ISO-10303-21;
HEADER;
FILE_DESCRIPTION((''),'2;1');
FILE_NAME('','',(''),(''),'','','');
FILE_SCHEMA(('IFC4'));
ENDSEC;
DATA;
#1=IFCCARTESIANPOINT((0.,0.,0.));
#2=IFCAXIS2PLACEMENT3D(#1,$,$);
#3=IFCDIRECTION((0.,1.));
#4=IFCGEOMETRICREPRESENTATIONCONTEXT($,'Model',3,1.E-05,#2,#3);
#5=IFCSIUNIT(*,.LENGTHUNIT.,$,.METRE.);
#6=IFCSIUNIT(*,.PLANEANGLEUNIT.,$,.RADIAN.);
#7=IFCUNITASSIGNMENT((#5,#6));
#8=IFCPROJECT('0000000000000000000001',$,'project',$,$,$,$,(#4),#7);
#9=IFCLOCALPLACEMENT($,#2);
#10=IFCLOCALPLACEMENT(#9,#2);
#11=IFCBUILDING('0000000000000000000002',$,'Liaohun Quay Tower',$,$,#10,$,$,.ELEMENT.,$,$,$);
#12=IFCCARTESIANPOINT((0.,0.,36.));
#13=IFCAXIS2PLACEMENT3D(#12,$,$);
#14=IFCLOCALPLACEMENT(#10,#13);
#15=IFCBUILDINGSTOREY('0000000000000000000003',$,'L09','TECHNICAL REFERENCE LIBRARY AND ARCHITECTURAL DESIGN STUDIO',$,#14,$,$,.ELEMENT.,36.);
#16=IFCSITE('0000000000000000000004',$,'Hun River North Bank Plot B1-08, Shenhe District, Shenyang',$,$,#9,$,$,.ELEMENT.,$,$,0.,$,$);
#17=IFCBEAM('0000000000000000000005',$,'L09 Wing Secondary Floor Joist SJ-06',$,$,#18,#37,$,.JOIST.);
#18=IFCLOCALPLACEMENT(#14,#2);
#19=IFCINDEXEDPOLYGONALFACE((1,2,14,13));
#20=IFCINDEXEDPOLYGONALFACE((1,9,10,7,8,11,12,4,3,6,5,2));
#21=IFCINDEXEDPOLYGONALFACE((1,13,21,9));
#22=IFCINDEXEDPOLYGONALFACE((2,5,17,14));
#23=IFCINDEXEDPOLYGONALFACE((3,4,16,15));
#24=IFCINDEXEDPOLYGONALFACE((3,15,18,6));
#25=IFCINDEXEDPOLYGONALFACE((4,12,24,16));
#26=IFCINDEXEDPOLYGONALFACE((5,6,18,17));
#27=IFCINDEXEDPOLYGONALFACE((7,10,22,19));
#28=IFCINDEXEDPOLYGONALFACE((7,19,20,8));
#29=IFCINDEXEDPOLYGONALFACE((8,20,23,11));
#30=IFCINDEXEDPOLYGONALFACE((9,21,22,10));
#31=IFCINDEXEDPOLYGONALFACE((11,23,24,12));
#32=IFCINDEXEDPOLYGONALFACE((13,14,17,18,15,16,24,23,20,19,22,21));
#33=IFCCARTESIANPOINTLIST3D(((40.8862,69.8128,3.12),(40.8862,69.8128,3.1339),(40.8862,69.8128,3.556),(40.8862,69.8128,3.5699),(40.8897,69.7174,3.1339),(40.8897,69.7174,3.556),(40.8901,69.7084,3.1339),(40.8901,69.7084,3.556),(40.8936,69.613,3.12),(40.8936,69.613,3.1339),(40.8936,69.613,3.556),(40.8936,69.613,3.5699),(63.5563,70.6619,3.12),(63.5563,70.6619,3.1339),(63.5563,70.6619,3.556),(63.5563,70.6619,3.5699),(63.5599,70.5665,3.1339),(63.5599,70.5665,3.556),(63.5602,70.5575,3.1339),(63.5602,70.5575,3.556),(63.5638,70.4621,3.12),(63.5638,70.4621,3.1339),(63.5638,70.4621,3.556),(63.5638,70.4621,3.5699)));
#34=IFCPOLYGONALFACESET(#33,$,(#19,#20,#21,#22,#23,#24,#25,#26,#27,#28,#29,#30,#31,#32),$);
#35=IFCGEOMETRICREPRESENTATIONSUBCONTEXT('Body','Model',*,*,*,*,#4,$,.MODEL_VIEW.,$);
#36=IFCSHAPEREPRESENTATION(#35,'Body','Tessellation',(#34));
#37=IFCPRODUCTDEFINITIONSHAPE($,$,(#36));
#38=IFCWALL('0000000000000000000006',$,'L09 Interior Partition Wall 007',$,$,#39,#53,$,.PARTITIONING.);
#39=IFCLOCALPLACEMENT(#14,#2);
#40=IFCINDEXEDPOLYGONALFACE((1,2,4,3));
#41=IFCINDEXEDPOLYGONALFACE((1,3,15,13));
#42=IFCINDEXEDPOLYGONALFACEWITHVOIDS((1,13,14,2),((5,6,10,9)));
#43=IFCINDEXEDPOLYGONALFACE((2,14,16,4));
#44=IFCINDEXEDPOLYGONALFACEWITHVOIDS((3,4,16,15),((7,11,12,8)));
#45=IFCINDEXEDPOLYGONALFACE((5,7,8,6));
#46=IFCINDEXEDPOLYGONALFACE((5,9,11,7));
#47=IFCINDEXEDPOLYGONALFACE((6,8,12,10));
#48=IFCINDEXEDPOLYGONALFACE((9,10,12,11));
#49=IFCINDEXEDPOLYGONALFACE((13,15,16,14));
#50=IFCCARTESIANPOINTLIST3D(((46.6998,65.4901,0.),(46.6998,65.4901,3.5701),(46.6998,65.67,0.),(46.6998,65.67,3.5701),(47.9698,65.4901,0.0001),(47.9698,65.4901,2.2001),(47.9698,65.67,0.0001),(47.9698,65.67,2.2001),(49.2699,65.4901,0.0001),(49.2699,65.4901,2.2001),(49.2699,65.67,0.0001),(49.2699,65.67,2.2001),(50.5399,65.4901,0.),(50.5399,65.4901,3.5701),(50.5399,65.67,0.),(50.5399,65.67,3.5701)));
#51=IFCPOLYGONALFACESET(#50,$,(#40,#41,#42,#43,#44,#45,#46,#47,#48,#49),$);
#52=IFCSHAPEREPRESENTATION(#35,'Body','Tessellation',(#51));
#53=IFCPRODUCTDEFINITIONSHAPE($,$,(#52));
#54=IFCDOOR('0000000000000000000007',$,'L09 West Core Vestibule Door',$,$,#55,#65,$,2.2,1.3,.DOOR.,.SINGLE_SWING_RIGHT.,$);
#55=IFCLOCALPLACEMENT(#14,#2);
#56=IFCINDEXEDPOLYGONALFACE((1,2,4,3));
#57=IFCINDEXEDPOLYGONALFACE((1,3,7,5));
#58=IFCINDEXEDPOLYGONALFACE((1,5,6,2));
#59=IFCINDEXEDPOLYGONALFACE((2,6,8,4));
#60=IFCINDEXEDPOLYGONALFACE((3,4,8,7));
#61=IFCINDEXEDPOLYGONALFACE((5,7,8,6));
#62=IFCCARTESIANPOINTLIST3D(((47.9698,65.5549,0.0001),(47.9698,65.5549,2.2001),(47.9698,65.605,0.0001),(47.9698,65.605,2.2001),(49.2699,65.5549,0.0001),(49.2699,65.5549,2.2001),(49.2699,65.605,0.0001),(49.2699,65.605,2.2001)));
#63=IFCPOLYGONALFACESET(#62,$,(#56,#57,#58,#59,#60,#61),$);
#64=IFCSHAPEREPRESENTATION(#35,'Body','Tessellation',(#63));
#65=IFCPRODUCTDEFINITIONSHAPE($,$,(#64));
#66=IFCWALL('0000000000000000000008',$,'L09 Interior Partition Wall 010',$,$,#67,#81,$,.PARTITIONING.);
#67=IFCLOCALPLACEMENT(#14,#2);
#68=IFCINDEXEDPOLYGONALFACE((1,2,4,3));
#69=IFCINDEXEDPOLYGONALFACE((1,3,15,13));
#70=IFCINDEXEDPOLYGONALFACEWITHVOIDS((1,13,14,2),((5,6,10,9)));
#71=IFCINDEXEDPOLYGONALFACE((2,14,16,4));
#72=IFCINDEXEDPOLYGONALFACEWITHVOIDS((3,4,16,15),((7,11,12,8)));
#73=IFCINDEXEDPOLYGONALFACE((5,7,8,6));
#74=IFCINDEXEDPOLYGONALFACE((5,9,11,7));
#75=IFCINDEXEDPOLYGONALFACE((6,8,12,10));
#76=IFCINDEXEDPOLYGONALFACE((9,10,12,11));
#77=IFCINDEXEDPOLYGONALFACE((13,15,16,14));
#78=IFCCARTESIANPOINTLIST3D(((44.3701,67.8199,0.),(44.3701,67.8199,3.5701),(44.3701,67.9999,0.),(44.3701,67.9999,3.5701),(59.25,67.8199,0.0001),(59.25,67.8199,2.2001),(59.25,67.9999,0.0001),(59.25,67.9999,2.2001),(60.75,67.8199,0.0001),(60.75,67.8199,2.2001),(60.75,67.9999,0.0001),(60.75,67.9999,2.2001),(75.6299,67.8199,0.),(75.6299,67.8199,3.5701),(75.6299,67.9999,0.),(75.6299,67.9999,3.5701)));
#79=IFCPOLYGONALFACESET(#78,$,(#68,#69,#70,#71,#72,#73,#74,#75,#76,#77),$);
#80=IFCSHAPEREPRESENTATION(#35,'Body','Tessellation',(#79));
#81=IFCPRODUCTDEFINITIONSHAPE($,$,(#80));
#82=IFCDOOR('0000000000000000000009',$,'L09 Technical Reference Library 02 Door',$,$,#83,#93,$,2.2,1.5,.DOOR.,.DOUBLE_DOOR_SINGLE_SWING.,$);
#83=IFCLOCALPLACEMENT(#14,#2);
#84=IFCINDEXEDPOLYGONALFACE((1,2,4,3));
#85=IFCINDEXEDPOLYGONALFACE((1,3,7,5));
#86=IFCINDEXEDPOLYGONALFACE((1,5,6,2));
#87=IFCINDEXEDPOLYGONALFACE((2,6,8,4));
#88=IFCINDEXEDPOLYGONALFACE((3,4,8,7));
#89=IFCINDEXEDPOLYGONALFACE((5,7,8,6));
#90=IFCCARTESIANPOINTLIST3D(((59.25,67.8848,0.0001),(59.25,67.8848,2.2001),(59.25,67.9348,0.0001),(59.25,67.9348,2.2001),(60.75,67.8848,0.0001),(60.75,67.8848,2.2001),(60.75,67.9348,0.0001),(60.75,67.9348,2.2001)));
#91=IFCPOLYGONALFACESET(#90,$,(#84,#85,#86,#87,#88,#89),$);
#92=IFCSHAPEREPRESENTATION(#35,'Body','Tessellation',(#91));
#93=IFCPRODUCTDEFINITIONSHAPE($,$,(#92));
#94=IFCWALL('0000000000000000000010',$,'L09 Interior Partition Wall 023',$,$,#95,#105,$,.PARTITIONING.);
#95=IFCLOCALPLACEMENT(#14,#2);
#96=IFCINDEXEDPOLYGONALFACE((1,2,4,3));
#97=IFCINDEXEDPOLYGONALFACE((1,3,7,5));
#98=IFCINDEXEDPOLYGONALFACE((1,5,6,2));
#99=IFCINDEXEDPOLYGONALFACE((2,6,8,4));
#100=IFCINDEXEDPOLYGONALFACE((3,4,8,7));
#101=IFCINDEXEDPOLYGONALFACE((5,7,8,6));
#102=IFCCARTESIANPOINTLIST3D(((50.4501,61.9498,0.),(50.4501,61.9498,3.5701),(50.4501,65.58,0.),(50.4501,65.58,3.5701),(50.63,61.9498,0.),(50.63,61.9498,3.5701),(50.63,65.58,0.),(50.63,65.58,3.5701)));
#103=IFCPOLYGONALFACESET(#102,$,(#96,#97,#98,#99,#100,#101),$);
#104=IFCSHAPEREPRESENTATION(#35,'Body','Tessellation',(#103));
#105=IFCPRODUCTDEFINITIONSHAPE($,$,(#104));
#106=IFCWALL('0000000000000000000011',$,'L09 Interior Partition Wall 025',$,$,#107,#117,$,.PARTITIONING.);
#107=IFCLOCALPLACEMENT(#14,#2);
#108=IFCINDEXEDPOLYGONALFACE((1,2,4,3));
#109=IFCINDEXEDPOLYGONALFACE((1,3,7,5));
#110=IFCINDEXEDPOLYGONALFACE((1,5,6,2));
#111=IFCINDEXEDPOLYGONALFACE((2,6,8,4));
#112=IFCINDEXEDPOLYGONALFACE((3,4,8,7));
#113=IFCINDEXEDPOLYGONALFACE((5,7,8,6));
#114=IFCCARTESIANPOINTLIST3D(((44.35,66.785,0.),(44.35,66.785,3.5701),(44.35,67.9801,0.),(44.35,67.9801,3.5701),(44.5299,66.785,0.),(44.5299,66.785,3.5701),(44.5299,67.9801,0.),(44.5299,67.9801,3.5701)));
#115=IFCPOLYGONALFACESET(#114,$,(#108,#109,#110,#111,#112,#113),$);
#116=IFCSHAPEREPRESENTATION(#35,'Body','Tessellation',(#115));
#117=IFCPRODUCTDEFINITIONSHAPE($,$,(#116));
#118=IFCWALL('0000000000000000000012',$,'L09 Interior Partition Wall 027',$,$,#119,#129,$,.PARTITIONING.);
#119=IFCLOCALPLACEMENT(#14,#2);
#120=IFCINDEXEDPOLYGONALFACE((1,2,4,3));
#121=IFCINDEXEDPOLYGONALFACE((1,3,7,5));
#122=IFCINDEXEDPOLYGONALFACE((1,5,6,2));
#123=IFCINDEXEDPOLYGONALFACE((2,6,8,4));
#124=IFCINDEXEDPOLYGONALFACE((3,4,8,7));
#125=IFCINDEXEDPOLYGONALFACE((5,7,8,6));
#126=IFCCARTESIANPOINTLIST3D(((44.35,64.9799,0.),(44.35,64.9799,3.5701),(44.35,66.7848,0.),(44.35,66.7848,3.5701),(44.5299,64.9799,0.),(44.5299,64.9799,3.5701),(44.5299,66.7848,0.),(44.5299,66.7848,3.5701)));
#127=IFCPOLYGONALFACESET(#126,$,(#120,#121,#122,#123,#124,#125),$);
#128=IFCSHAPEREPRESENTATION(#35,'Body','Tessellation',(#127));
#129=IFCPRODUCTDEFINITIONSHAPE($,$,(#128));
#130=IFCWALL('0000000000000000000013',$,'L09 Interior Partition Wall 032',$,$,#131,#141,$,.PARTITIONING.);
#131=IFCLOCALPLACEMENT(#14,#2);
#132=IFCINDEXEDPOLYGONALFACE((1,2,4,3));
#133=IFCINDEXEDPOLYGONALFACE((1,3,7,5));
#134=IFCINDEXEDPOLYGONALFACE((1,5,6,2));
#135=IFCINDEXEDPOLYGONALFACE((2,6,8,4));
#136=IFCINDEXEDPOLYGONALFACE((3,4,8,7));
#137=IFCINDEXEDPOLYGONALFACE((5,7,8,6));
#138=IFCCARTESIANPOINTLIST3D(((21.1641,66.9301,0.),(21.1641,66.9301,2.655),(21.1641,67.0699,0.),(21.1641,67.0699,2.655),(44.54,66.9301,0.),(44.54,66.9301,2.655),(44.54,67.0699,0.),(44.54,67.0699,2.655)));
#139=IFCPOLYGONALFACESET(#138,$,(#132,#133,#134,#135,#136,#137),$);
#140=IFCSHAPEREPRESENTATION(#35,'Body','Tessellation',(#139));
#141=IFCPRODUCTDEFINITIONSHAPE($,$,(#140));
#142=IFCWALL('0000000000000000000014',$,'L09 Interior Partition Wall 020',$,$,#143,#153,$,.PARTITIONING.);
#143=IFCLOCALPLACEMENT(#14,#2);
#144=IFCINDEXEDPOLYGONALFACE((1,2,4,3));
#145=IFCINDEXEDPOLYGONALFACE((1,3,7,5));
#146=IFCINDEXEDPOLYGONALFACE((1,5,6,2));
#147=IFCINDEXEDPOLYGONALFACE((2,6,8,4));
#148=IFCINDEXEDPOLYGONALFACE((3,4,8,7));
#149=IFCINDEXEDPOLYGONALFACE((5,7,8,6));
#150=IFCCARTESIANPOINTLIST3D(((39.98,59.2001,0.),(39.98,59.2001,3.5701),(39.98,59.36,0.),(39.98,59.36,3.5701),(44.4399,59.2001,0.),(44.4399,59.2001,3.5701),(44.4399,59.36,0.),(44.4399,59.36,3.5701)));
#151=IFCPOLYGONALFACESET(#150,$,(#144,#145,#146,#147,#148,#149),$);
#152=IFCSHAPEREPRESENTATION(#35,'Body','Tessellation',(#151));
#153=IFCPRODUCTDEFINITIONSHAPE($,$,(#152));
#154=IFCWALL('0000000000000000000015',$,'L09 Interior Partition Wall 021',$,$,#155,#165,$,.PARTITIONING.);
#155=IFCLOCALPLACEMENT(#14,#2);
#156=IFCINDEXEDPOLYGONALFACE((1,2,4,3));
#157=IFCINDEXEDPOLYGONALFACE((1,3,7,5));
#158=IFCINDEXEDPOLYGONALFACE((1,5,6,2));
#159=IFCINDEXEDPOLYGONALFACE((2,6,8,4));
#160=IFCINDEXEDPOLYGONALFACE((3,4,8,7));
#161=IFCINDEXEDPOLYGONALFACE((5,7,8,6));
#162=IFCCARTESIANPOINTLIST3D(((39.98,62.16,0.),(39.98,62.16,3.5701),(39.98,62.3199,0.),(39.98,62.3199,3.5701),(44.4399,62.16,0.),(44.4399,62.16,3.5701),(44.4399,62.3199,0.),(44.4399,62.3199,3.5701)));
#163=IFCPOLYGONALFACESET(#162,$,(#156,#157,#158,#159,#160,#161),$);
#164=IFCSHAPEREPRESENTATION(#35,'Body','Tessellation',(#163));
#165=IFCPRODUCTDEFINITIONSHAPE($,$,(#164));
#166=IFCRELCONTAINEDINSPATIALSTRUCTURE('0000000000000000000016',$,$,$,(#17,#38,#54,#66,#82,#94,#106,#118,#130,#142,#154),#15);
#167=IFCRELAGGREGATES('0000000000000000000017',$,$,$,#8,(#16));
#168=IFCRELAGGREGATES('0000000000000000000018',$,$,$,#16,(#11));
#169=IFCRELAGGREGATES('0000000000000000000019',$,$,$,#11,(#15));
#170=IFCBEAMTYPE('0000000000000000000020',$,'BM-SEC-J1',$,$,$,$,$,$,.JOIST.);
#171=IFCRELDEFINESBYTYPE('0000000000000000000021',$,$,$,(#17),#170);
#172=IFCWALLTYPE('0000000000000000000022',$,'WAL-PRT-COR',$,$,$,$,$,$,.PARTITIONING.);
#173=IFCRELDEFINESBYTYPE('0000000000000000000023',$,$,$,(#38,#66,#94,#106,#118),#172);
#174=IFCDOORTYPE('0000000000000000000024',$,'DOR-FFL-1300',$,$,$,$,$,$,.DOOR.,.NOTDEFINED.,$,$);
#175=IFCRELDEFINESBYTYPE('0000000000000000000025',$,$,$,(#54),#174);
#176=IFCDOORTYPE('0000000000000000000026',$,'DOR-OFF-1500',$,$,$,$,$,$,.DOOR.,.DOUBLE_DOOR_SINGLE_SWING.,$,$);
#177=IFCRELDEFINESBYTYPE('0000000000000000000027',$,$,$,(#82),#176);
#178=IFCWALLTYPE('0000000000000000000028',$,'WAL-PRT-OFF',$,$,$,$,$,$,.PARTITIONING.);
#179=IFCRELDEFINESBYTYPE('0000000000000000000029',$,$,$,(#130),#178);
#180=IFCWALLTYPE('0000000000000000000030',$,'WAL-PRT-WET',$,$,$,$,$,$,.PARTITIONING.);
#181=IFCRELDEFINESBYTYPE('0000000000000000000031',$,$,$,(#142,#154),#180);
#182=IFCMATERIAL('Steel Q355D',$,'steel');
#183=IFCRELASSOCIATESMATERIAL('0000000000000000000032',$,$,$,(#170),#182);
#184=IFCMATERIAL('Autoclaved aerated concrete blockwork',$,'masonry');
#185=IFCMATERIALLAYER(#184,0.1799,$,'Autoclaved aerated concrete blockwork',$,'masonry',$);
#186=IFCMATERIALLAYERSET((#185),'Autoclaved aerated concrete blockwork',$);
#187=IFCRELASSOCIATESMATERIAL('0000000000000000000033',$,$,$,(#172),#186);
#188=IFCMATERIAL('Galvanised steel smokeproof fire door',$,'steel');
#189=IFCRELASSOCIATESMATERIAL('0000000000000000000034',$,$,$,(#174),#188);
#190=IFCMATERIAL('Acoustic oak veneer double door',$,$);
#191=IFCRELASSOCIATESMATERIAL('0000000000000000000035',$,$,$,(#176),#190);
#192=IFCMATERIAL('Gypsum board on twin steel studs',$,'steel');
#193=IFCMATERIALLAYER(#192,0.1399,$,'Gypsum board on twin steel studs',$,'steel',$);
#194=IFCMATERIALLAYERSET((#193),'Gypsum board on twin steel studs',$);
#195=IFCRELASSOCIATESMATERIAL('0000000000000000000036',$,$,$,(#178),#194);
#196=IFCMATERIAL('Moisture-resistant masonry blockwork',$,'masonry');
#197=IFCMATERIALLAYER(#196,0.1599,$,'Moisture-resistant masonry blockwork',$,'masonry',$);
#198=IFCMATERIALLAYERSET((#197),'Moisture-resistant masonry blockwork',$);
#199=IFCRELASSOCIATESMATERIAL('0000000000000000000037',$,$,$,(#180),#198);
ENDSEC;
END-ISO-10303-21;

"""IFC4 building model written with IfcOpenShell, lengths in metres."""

from ifc_helpers import new_model, si_unit, direction, frame, frame_2d, origin, origin_2d, place, context, subcontext, project, spatial, rectangle, i_section, extrude, source, transform, mapped, material, layer, layer_set, material_profile, profile_set, type_object, element, fill, save


model = new_model("IFC4")

# Units and contexts
model_context = context("Model", 3, precision=1e-05, world=origin(), true_north=direction((0.0, 1.0)))
body_context = subcontext(model_context, "Body", "Model", "MODEL_VIEW")
ifc_project = project(units=[si_unit("LENGTHUNIT", "METRE"), si_unit("PLANEANGLEUNIT", "RADIAN")], contexts=[model_context])

# Site, building, storey
site_placement = place(None, origin())
site = spatial("IfcSite", under=ifc_project, at=site_placement, Name="Hun River North Bank Plot B1-08, Shenhe District, Shenyang", CompositionType="ELEMENT", RefElevation=0.0)
building_placement = place(site_placement, origin())
building = spatial("IfcBuilding", under=site, at=building_placement, Name="Liaohun Quay Tower", CompositionType="ELEMENT")
storey_placement = place(building_placement, frame((0.0, 0.0, 36.0)))
storey = spatial("IfcBuildingStorey", under=building, at=storey_placement, Name="L09", Description="TECHNICAL REFERENCE LIBRARY AND ARCHITECTURAL DESIGN STUDIO", CompositionType="ELEMENT", Elevation=36.0)

# Beam
ifc_material_1 = material(Name="Steel Q355D", Category="steel")
ifc_material_profile = material_profile(ifc_material_1, i_section(OverallWidth=0.2, OverallDepth=0.45, WebThickness=0.009, FlangeThickness=0.0139, at=origin_2d()), Name="HN450x200x9x14")
ifc_profile_set = profile_set([ifc_material_profile], Name="Steel Q355D")
beam_type = type_object("IfcBeamType", Name="BM-SEC-J1", PredefinedType="JOIST", material=ifc_profile_set)
shared_shape_1 = source(origin(), body_context, "Body", "SweptSolid", [
    extrude(i_section(OverallWidth=0.2, OverallDepth=0.45, WebThickness=0.009, FlangeThickness=0.0139, at=origin_2d()), origin(), (0.0, 0.0, 1.0), 22.686),
])
beam_placement = place(storey_placement, frame((40.8899, 69.7129, 3.345), z_axis=(0.999299, 0.037429, 0.0), x_axis=(-0.037429, 0.999299, 0.0)))
element("IfcBeam", 1, at=beam_placement, inside=storey, type_object=beam_type, Name="L09 Wing Secondary Floor Joist SJ-06", PredefinedType="JOIST", context=body_context, shape_type="MappedRepresentation", body=[
    mapped(shared_shape_1, transform((0.0, 0.0, 0.0), x_axis=(1.0, 0.0, 0.0), y_axis=(0.0, 1.0, 0.0), z_axis=(0.0, 0.0, 1.0), scale=1.0)),
])

# Walls, openings, doors
ifc_material_2 = material(Name="Autoclaved aerated concrete blockwork", Category="masonry")
ifc_layer_1 = layer(ifc_material_2, 0.1799, Name="Autoclaved aerated concrete blockwork", Category="masonry")
ifc_layer_set_1 = layer_set([ifc_layer_1], Name="Autoclaved aerated concrete blockwork")
wall_type_1 = type_object("IfcWallType", Name="WAL-PRT-COR", PredefinedType="PARTITIONING", material=ifc_layer_set_1)
wall_1_placement = place(storey_placement, frame((46.7, 65.5801, 0.0), z_axis=(0.0, 0.0, 1.0), x_axis=(1.0, 0.0, 0.0)))
wall_1 = element("IfcWall", 2, at=wall_1_placement, inside=storey, type_object=wall_type_1, Name="L09 Interior Partition Wall 007", PredefinedType="PARTITIONING", context=body_context, shape_type="SweptSolid", body=[
    extrude(rectangle(XDim=3.8401, YDim=0.1799, at=frame_2d((1.9199, 0.0))), origin(), (0.0, 0.0, 1.0), 3.5701),
])
shared_shape_2 = source(origin(), body_context, "Body", "SweptSolid", [
    extrude(rectangle(XDim=1.3, YDim=2.2, at=frame_2d((0.6499, 1.1001))), frame((0.0, 0.0999, 0.0), z_axis=(0.0, -1.0, 0.0), x_axis=(1.0, 0.0, 0.0)), (0.0, 0.0, 1.0), 0.2),
])
opening_1_placement = place(wall_1_placement, frame((1.27, 0.0, 0.0)))
opening_1 = element("IfcOpeningElement", 3, at=opening_1_placement, cuts=wall_1, PredefinedType="OPENING", context=body_context, shape_type="MappedRepresentation", body=[
    mapped(shared_shape_2, transform((0.0, 0.0, 0.0), x_axis=(1.0, 0.0, 0.0), y_axis=(0.0, 1.0, 0.0), z_axis=(0.0, 0.0, 1.0), scale=1.0)),
])
ifc_material_3 = material(Name="Galvanised steel smokeproof fire door", Category="steel")
door_type_1 = type_object("IfcDoorType", Name="DOR-FFL-1300", OperationType="NOTDEFINED", PredefinedType="DOOR", material=ifc_material_3)
shared_shape_3 = source(origin(), body_context, "Body", "SweptSolid", [
    extrude(rectangle(XDim=1.3, YDim=2.2, at=frame_2d((0.6499, 1.1001))), frame((0.0, 0.0249, 0.0), z_axis=(0.0, -1.0, 0.0), x_axis=(1.0, 0.0, 0.0)), (0.0, 0.0, 1.0), 0.05),
])
door_1_placement = place(opening_1_placement, origin())
door_1 = element("IfcDoor", 4, at=door_1_placement, inside=storey, type_object=door_type_1, Name="L09 West Core Vestibule Door", OperationType="SINGLE_SWING_RIGHT", OverallHeight=2.2, OverallWidth=1.3, PredefinedType="DOOR", context=body_context, shape_type="MappedRepresentation", body=[
    mapped(shared_shape_3, transform((0.0, 0.0, 0.0), x_axis=(1.0, 0.0, 0.0), y_axis=(0.0, 1.0, 0.0), z_axis=(0.0, 0.0, 1.0), scale=1.0)),
])
fill(opening_1, door_1)
wall_2_placement = place(storey_placement, frame((44.3701, 67.9099, 0.0), z_axis=(0.0, 0.0, 1.0), x_axis=(1.0, 0.0, 0.0)))
wall_2 = element("IfcWall", 5, at=wall_2_placement, inside=storey, type_object=wall_type_1, Name="L09 Interior Partition Wall 010", PredefinedType="PARTITIONING", context=body_context, shape_type="SweptSolid", body=[
    extrude(rectangle(XDim=31.2598, YDim=0.1799, at=frame_2d((15.6299, 0.0))), origin(), (0.0, 0.0, 1.0), 3.5701),
])
shared_shape_4 = source(origin(), body_context, "Body", "SweptSolid", [
    extrude(rectangle(XDim=1.5, YDim=2.2, at=frame_2d((0.75, 1.1001))), frame((0.0, 0.0999, 0.0), z_axis=(0.0, -1.0, 0.0), x_axis=(1.0, 0.0, 0.0)), (0.0, 0.0, 1.0), 0.2),
])
opening_2_placement = place(wall_2_placement, frame((14.8799, 0.0, 0.0)))
opening_2 = element("IfcOpeningElement", 6, at=opening_2_placement, cuts=wall_2, PredefinedType="OPENING", context=body_context, shape_type="MappedRepresentation", body=[
    mapped(shared_shape_4, transform((0.0, 0.0, 0.0), x_axis=(1.0, 0.0, 0.0), y_axis=(0.0, 1.0, 0.0), z_axis=(0.0, 0.0, 1.0), scale=1.0)),
])
ifc_material_4 = material(Name="Acoustic oak veneer double door")
door_type_2 = type_object("IfcDoorType", Name="DOR-OFF-1500", OperationType="DOUBLE_DOOR_SINGLE_SWING", PredefinedType="DOOR", material=ifc_material_4)
shared_shape_5 = source(origin(), body_context, "Body", "SweptSolid", [
    extrude(rectangle(XDim=1.5, YDim=2.2, at=frame_2d((0.75, 1.1001))), frame((0.0, 0.0249, 0.0), z_axis=(0.0, -1.0, 0.0), x_axis=(1.0, 0.0, 0.0)), (0.0, 0.0, 1.0), 0.05),
])
door_2_placement = place(opening_2_placement, origin())
door_2 = element("IfcDoor", 7, at=door_2_placement, inside=storey, type_object=door_type_2, Name="L09 Technical Reference Library 02 Door", OperationType="DOUBLE_DOOR_SINGLE_SWING", OverallHeight=2.2, OverallWidth=1.5, PredefinedType="DOOR", context=body_context, shape_type="MappedRepresentation", body=[
    mapped(shared_shape_5, transform((0.0, 0.0, 0.0), x_axis=(1.0, 0.0, 0.0), y_axis=(0.0, 1.0, 0.0), z_axis=(0.0, 0.0, 1.0), scale=1.0)),
])
fill(opening_2, door_2)

# Walls
wall_3_placement = place(storey_placement, frame((50.54, 61.95, 0.0), z_axis=(0.0, 0.0, 1.0), x_axis=(0.0, 1.0, 0.0)))
element("IfcWall", 8, at=wall_3_placement, inside=storey, type_object=wall_type_1, Name="L09 Interior Partition Wall 023", PredefinedType="PARTITIONING", context=body_context, shape_type="SweptSolid", body=[
    extrude(rectangle(XDim=3.6301, YDim=0.1799, at=frame_2d((1.8149, 0.0))), origin(), (0.0, 0.0, 1.0), 3.5701),
])
wall_4_placement = place(storey_placement, frame((44.4399, 66.7849, 0.0), z_axis=(0.0, 0.0, 1.0), x_axis=(0.0, 1.0, 0.0)))
element("IfcWall", 9, at=wall_4_placement, inside=storey, type_object=wall_type_1, Name="L09 Interior Partition Wall 025", PredefinedType="PARTITIONING", context=body_context, shape_type="SweptSolid", body=[
    extrude(rectangle(XDim=1.1951, YDim=0.1799, at=frame_2d((0.5977, 0.0))), origin(), (0.0, 0.0, 1.0), 3.5701),
])
wall_5_placement = place(storey_placement, frame((44.4399, 64.98, 0.0), z_axis=(0.0, 0.0, 1.0), x_axis=(0.0, 1.0, 0.0)))
element("IfcWall", 10, at=wall_5_placement, inside=storey, type_object=wall_type_1, Name="L09 Interior Partition Wall 027", PredefinedType="PARTITIONING", context=body_context, shape_type="SweptSolid", body=[
    extrude(rectangle(XDim=1.8049, YDim=0.1799, at=frame_2d((0.9023, 0.0))), origin(), (0.0, 0.0, 1.0), 3.5701),
])
ifc_material_5 = material(Name="Gypsum board on twin steel studs", Category="steel")
ifc_layer_2 = layer(ifc_material_5, 0.1399, Name="Gypsum board on twin steel studs", Category="steel")
ifc_layer_set_2 = layer_set([ifc_layer_2], Name="Gypsum board on twin steel studs")
wall_type_2 = type_object("IfcWallType", Name="WAL-PRT-OFF", PredefinedType="PARTITIONING", material=ifc_layer_set_2)
wall_6_placement = place(storey_placement, frame((44.54, 67.0, 0.0), z_axis=(0.0, 0.0, 1.0), x_axis=(-1.0, 0.0, 0.0)))
element("IfcWall", 11, at=wall_6_placement, inside=storey, type_object=wall_type_2, Name="L09 Interior Partition Wall 032", PredefinedType="PARTITIONING", context=body_context, shape_type="SweptSolid", body=[
    extrude(rectangle(XDim=23.376, YDim=0.1399, at=frame_2d((11.688, 0.0))), origin(), (0.0, 0.0, 1.0), 2.655),
])

# Shared definitions
ifc_material_6 = material(Name="Moisture-resistant masonry blockwork", Category="masonry")
ifc_layer_3 = layer(ifc_material_6, 0.1599, Name="Moisture-resistant masonry blockwork", Category="masonry")
ifc_layer_set_3 = layer_set([ifc_layer_3], Name="Moisture-resistant masonry blockwork")
wall_type_3 = type_object("IfcWallType", Name="WAL-PRT-WET", PredefinedType="PARTITIONING", material=ifc_layer_set_3)

# Walls
for number, where, z_axis, x_axis, name in (
    (12, (39.98, 59.28, 0.0), (0.0, 0.0, 1.0), (1.0, 0.0, 0.0), "L09 Interior Partition Wall 020"),
    (13, (39.98, 62.24, 0.0), (0.0, 0.0, 1.0), (1.0, 0.0, 0.0), "L09 Interior Partition Wall 021"),
):
    element("IfcWall", number, at=place(storey_placement, frame(where, z_axis=z_axis, x_axis=x_axis)), inside=storey, type_object=wall_type_3, Name=name, PredefinedType="PARTITIONING", context=body_context, shape_type="SweptSolid", body=[
        extrude(rectangle(XDim=4.46, YDim=0.1599, at=frame_2d((2.23, 0.0))), origin(), (0.0, 0.0, 1.0), 3.5701),
    ])

save(model, "model.ifc")
